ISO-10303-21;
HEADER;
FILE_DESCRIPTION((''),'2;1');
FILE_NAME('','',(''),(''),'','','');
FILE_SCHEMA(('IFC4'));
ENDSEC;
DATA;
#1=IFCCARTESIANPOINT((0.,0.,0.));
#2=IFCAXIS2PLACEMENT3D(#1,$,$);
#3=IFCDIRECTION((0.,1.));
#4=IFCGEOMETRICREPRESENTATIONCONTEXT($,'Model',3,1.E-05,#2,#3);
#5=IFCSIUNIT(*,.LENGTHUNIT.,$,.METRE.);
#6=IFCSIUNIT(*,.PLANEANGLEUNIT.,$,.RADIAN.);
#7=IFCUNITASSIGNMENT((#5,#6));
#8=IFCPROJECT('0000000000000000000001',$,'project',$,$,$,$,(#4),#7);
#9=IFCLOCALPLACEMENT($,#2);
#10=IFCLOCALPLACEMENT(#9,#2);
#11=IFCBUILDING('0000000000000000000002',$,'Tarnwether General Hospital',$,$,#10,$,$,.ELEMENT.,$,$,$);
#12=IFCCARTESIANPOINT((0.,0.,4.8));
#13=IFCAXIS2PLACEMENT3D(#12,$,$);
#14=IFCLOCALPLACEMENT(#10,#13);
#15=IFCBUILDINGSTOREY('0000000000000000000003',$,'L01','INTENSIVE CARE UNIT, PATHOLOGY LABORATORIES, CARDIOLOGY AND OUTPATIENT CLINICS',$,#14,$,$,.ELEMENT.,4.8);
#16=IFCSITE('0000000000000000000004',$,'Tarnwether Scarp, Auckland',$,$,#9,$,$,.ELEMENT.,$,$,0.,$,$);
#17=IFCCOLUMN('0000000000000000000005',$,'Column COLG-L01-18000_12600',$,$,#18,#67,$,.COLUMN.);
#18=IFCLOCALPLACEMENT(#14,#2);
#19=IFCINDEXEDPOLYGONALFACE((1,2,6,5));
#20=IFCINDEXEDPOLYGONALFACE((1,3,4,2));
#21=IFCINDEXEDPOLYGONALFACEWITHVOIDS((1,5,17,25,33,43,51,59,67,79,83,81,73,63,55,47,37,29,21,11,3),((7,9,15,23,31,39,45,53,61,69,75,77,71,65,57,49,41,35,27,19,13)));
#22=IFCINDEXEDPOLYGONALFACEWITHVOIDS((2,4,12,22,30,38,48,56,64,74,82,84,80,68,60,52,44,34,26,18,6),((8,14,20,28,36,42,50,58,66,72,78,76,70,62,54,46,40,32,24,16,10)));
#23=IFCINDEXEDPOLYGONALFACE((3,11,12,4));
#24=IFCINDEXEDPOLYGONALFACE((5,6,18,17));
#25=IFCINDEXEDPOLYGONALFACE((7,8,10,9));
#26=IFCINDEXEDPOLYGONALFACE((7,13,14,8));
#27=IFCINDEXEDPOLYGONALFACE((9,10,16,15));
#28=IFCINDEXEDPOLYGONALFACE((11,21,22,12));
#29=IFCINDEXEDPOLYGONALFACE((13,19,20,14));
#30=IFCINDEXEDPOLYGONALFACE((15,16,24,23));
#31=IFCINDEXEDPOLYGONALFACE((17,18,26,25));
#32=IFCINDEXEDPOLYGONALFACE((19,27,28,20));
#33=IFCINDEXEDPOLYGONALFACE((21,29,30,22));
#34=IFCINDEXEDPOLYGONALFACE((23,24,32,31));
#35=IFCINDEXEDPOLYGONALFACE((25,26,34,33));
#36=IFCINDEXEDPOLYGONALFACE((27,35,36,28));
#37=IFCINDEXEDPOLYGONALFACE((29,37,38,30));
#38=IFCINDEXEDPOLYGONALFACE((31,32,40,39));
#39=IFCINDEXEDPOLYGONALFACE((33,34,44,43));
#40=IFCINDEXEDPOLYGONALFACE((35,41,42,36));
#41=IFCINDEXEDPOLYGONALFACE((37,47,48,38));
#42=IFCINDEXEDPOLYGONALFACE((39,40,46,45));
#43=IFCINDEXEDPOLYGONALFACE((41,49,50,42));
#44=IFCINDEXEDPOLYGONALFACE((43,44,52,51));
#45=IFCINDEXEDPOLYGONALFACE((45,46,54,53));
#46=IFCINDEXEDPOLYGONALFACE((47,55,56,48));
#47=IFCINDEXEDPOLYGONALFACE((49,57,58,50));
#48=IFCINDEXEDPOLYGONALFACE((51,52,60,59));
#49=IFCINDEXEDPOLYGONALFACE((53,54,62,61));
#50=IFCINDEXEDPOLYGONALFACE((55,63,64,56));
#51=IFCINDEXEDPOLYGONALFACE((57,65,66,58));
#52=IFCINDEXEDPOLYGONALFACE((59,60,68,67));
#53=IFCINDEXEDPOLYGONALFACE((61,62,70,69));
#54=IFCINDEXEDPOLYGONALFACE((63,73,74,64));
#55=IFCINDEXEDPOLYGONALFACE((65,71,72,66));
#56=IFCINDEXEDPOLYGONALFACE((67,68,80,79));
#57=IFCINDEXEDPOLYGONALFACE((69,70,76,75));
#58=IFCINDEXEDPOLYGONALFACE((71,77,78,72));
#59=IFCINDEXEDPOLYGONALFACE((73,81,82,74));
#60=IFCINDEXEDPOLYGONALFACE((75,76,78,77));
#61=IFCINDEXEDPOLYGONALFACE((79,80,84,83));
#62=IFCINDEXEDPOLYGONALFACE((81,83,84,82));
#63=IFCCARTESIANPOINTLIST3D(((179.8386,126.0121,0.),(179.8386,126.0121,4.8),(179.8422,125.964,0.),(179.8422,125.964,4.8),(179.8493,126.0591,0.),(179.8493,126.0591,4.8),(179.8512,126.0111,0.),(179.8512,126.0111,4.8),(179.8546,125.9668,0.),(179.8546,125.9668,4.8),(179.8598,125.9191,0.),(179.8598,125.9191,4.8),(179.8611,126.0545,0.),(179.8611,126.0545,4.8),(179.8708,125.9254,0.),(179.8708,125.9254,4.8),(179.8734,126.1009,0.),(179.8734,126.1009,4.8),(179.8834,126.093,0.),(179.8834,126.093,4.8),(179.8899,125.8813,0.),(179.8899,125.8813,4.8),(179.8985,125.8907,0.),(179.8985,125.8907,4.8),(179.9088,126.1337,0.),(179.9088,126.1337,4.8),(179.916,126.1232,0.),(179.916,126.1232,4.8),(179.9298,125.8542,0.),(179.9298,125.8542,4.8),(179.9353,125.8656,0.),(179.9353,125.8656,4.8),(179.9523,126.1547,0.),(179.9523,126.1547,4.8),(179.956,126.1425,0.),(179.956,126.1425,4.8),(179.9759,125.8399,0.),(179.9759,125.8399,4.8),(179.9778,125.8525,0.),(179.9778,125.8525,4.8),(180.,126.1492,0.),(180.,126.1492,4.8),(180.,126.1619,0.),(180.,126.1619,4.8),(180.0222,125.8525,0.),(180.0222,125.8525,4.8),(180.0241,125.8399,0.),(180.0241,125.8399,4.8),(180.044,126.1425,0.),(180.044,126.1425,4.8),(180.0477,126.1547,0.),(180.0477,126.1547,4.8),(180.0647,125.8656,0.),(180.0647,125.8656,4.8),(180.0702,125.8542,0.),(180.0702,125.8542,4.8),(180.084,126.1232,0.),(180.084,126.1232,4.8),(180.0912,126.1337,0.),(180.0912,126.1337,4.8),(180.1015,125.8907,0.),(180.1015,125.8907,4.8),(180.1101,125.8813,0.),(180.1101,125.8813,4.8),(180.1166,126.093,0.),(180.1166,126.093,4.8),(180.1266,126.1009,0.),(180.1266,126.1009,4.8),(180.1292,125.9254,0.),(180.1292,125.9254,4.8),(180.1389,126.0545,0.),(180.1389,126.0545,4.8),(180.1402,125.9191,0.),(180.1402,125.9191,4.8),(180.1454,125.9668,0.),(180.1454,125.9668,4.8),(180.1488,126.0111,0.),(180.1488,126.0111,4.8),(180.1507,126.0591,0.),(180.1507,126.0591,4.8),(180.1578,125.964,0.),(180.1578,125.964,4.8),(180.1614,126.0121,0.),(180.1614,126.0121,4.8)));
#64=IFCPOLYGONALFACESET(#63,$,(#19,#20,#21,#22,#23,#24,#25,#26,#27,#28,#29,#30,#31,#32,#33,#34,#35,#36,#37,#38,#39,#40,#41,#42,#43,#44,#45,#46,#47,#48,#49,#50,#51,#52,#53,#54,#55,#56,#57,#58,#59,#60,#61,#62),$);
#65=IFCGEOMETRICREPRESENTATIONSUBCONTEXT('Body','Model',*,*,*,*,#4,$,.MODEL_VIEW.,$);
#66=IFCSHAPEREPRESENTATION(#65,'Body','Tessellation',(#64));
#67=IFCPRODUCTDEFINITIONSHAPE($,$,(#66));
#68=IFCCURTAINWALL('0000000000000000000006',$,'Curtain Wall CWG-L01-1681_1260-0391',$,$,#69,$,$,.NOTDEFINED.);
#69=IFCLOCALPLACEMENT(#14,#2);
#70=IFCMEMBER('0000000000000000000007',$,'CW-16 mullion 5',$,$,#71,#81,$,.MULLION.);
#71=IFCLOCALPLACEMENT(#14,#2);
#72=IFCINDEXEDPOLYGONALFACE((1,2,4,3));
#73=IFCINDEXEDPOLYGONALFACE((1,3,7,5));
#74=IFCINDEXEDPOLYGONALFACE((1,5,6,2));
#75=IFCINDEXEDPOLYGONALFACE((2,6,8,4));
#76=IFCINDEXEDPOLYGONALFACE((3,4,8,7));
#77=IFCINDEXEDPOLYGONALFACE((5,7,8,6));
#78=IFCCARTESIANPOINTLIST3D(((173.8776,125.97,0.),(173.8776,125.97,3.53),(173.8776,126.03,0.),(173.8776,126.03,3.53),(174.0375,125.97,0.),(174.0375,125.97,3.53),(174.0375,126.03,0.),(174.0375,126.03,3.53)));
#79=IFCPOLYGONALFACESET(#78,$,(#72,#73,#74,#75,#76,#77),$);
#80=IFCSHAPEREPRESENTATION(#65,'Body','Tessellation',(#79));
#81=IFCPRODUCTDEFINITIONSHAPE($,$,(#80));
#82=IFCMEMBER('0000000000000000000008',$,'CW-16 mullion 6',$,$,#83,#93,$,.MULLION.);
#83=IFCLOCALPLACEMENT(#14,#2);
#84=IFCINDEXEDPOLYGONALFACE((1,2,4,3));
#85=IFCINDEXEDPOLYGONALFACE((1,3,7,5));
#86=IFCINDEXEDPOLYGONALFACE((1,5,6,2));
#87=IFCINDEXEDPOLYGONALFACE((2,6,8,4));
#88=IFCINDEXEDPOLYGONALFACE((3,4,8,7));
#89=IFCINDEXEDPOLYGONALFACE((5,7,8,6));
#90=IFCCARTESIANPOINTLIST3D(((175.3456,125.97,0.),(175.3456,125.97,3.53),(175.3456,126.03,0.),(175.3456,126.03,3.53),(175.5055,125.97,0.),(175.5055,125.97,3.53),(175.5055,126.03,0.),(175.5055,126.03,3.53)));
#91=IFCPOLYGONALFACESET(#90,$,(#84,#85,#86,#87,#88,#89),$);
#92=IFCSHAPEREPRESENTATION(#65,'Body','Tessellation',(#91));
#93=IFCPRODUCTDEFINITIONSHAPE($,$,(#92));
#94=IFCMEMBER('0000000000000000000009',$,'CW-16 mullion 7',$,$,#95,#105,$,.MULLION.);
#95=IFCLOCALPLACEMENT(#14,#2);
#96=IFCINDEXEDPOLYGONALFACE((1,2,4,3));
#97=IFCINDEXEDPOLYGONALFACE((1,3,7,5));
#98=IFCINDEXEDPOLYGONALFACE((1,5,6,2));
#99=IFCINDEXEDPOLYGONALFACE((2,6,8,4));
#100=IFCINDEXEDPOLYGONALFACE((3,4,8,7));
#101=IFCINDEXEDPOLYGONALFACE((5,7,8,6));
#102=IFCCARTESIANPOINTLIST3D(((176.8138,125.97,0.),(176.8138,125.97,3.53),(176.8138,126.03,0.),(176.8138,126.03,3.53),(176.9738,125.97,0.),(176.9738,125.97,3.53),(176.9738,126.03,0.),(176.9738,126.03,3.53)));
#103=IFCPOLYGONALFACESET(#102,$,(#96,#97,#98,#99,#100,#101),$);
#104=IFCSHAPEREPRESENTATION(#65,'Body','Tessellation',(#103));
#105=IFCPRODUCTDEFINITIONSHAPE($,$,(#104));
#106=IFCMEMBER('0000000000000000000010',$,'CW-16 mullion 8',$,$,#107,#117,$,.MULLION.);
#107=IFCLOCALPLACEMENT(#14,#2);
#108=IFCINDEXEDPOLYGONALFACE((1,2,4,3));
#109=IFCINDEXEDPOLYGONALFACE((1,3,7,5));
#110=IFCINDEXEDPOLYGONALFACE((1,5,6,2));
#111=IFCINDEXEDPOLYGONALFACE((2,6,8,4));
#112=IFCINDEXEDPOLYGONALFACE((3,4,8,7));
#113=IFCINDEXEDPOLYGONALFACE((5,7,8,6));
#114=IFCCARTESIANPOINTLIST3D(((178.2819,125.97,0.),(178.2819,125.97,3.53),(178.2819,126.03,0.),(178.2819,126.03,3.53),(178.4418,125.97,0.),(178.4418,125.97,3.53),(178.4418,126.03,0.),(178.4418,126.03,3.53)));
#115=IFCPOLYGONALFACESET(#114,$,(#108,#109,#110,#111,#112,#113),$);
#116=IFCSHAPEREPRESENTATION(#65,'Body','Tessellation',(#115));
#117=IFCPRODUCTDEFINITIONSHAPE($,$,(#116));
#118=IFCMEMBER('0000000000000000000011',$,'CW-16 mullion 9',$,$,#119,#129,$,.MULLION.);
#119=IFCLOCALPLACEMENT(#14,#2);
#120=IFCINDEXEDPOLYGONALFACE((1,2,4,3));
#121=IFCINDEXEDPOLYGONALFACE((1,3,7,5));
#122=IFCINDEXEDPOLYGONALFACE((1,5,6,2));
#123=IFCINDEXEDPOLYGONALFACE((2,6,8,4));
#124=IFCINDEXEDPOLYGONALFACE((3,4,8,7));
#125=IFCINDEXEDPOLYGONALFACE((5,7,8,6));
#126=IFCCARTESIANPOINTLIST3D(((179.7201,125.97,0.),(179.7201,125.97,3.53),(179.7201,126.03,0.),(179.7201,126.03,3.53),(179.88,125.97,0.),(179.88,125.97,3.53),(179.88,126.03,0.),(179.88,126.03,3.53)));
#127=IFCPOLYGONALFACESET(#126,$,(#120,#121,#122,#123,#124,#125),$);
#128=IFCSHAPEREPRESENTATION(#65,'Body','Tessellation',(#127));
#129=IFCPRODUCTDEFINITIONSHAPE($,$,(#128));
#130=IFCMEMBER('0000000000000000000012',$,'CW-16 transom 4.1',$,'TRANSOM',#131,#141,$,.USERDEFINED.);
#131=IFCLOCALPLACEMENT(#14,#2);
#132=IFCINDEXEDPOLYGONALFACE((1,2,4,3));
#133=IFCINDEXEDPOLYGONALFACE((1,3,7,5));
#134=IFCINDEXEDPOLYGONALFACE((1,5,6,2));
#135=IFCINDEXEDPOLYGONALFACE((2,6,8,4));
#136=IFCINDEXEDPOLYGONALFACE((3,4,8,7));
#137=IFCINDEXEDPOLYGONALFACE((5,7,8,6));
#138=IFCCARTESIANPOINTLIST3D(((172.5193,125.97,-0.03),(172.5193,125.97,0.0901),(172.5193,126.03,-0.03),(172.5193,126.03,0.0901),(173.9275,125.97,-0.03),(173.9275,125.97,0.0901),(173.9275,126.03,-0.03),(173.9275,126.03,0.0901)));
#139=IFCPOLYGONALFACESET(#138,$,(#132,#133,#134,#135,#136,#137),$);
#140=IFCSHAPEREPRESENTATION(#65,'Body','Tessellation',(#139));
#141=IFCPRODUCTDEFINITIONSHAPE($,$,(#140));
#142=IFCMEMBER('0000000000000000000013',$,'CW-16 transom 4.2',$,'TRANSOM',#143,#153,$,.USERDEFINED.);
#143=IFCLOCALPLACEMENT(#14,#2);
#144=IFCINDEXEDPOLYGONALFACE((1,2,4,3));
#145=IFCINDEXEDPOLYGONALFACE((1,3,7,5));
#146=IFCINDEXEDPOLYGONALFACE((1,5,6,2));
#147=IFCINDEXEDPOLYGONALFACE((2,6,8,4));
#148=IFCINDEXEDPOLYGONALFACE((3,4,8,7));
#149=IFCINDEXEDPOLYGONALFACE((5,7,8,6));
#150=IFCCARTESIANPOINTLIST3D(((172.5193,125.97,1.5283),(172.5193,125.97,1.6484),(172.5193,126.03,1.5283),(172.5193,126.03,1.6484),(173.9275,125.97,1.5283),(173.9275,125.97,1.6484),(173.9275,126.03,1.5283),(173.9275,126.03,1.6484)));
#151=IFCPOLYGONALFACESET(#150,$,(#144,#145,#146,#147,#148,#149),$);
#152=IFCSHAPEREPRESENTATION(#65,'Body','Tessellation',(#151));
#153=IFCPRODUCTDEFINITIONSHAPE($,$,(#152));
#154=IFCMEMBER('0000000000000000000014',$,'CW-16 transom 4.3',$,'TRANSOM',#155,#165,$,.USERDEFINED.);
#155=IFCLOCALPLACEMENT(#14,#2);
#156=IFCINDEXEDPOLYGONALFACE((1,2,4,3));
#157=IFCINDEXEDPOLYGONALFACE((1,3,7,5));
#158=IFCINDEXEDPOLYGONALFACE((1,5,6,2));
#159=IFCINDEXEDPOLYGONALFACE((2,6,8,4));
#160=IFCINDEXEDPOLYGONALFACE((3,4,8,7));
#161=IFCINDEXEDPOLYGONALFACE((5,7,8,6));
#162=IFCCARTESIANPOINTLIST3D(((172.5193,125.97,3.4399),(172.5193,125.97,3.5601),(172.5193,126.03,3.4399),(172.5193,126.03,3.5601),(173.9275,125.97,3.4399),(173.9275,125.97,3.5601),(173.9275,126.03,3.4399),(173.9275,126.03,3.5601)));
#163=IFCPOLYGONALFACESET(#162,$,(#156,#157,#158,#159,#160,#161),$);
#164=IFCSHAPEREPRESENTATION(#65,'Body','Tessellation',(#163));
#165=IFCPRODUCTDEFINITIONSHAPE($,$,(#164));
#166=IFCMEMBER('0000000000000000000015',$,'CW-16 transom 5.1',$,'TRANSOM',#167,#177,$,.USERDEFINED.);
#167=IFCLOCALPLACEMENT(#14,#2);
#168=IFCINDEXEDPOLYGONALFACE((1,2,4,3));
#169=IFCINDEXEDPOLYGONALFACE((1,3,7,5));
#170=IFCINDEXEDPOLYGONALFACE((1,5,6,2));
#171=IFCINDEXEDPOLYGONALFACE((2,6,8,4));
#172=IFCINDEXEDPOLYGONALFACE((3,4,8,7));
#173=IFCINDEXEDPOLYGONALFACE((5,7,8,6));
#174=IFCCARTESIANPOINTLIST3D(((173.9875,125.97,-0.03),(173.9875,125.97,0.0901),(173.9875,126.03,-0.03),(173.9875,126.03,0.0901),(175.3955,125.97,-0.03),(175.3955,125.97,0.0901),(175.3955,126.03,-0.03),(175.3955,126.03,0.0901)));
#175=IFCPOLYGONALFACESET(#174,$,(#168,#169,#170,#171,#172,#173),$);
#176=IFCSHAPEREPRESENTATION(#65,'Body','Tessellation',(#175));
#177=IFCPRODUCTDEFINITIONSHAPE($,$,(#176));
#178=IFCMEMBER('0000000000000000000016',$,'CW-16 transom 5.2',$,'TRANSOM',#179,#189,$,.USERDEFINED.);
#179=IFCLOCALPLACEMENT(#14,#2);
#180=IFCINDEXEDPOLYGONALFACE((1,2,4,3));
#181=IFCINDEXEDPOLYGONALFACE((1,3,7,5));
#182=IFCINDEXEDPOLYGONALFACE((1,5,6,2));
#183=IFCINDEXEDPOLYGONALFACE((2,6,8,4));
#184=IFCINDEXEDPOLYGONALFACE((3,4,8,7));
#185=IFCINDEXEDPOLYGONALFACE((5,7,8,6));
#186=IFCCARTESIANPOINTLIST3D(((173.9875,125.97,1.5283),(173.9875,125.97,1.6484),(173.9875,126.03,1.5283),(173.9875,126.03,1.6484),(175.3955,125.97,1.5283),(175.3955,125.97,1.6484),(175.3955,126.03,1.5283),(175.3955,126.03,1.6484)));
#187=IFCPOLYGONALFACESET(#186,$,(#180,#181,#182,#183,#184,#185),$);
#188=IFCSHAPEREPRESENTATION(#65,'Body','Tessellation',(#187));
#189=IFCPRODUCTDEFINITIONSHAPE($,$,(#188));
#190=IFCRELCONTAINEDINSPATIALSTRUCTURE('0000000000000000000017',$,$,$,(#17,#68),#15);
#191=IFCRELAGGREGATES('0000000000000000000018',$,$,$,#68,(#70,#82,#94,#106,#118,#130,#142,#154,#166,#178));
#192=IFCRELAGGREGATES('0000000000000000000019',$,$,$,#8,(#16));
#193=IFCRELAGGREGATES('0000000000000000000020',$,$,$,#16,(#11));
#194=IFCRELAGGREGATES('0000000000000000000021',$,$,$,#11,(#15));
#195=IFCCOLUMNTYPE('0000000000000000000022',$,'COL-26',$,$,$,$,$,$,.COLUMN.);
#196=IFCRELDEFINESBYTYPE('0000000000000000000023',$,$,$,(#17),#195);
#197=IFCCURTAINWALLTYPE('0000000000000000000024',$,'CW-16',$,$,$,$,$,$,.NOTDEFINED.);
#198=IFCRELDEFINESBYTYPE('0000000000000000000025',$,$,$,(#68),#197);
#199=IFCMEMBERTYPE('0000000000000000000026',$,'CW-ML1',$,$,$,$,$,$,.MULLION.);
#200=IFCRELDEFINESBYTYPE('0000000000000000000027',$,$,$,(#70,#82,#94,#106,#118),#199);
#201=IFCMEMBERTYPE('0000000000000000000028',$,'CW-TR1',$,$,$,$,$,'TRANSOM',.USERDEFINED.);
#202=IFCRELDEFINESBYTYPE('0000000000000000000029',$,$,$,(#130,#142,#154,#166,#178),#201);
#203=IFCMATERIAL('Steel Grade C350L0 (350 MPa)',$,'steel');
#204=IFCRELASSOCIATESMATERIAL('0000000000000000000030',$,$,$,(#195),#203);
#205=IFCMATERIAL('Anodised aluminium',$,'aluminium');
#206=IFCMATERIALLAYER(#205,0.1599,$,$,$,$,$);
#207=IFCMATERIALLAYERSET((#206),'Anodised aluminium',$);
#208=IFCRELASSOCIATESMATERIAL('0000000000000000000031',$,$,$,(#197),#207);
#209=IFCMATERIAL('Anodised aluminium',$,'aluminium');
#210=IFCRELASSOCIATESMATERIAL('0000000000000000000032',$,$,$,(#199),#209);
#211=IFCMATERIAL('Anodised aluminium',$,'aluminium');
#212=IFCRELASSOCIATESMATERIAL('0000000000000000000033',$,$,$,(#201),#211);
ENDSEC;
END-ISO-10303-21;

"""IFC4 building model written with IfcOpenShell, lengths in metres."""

from ifc_helpers import new_model, si_unit, direction, frame, origin, origin_2d, place, context, subcontext, project, spatial, rectangle, hollow_circle, extrude, material, layer, layer_set, material_profile, profile_set, type_object, element, aggregate, save


model = new_model("IFC4")

# Units and contexts
model_context = context("Model", 3, precision=1e-05, world=origin(), true_north=direction((0.0, 1.0)))
body_context = subcontext(model_context, "Body", "Model", "MODEL_VIEW")
ifc_project = project(units=[si_unit("LENGTHUNIT", "METRE"), si_unit("PLANEANGLEUNIT", "RADIAN")], contexts=[model_context])

# Site, building, storey
site_placement = place(None, origin())
site = spatial("IfcSite", under=ifc_project, at=site_placement, Name="Tarnwether Scarp, Auckland", CompositionType="ELEMENT", RefElevation=0.0)
building_placement = place(site_placement, origin())
building = spatial("IfcBuilding", under=site, at=building_placement, Name="Tarnwether General Hospital", CompositionType="ELEMENT")
storey_placement = place(building_placement, frame((0.0, 0.0, 4.8)))
storey = spatial("IfcBuildingStorey", under=building, at=storey_placement, Name="L01", Description="INTENSIVE CARE UNIT, PATHOLOGY LABORATORIES, CARDIOLOGY AND OUTPATIENT CLINICS", CompositionType="ELEMENT", Elevation=4.8)

# Column
ifc_material_1 = material(Name="Steel Grade C350L0 (350 MPa)", Category="steel")
ifc_material_profile_1 = material_profile(ifc_material_1, hollow_circle(Radius=0.1619, WallThickness=0.0127, at=origin_2d()), Name="CHS323.9x12.7")
ifc_profile_set_1 = profile_set([ifc_material_profile_1], Name="Steel Grade C350L0 (350 MPa)")
column_type = type_object("IfcColumnType", Name="COL-26", PredefinedType="COLUMN", material=ifc_profile_set_1)
column_placement = place(storey_placement, frame((180.0, 126.0, 0.0), z_axis=(0.0, 0.0, 1.0), x_axis=(0.0, 1.0, 0.0)))
element("IfcColumn", 1, at=column_placement, inside=storey, type_object=column_type, Name="Column COLG-L01-18000_12600", PredefinedType="COLUMN", context=body_context, shape_type="SweptSolid", body=[
    extrude(hollow_circle(Radius=0.1619, WallThickness=0.0127, at=origin_2d()), origin(), (0.0, 0.0, 1.0), 4.8),
])

# Curtain wall, members
ifc_material_2 = material(Name="Anodised aluminium", Category="aluminium")
ifc_layer_1 = layer(ifc_material_2, 0.1599)
ifc_layer_set_1 = layer_set([ifc_layer_1], Name="Anodised aluminium")
curtain_wall_type = type_object("IfcCurtainWallType", Name="CW-16", PredefinedType="NOTDEFINED", material=ifc_layer_set_1)
curtain_wall_placement = place(storey_placement, origin())
curtain_wall = element("IfcCurtainWall", 2, at=curtain_wall_placement, inside=storey, type_object=curtain_wall_type, Name="Curtain Wall CWG-L01-1681_1260-0391", PredefinedType="NOTDEFINED")
ifc_material_3 = material(Name="Anodised aluminium", Category="aluminium")
ifc_material_profile_2 = material_profile(ifc_material_3, rectangle(XDim=0.0601, YDim=0.1599, at=origin_2d()), Name="ALU-MUL-60x160")
ifc_profile_set_2 = profile_set([ifc_material_profile_2], Name="Anodised aluminium")
member_type_1 = type_object("IfcMemberType", Name="CW-ML1", PredefinedType="MULLION", material=ifc_profile_set_2)
member_1_placement = place(storey_placement, frame((173.9575, 126.0, 0.0), z_axis=(0.0, 0.0, 1.0), x_axis=(0.0, 1.0, 0.0)))
member_1 = element("IfcMember", 3, at=member_1_placement, type_object=member_type_1, Name="CW-16 mullion 5", PredefinedType="MULLION", context=body_context, shape_type="SweptSolid", body=[
    extrude(rectangle(XDim=0.0601, YDim=0.1599, at=origin_2d()), origin(), (0.0, 0.0, 1.0), 3.53),
])
member_2_placement = place(storey_placement, frame((175.4255, 126.0, 0.0), z_axis=(0.0, 0.0, 1.0), x_axis=(0.0, 1.0, 0.0)))
member_2 = element("IfcMember", 4, at=member_2_placement, type_object=member_type_1, Name="CW-16 mullion 6", PredefinedType="MULLION", context=body_context, shape_type="SweptSolid", body=[
    extrude(rectangle(XDim=0.0601, YDim=0.1599, at=origin_2d()), origin(), (0.0, 0.0, 1.0), 3.53),
])
member_3_placement = place(storey_placement, frame((176.8938, 126.0, 0.0), z_axis=(0.0, 0.0, 1.0), x_axis=(0.0, 1.0, 0.0)))
member_3 = element("IfcMember", 5, at=member_3_placement, type_object=member_type_1, Name="CW-16 mullion 7", PredefinedType="MULLION", context=body_context, shape_type="SweptSolid", body=[
    extrude(rectangle(XDim=0.0601, YDim=0.1599, at=origin_2d()), origin(), (0.0, 0.0, 1.0), 3.53),
])
member_4_placement = place(storey_placement, frame((178.3618, 126.0, 0.0), z_axis=(0.0, 0.0, 1.0), x_axis=(0.0, 1.0, 0.0)))
member_4 = element("IfcMember", 6, at=member_4_placement, type_object=member_type_1, Name="CW-16 mullion 8", PredefinedType="MULLION", context=body_context, shape_type="SweptSolid", body=[
    extrude(rectangle(XDim=0.0601, YDim=0.1599, at=origin_2d()), origin(), (0.0, 0.0, 1.0), 3.53),
])
member_5_placement = place(storey_placement, frame((179.8, 126.0, 0.0), z_axis=(0.0, 0.0, 1.0), x_axis=(0.0, 1.0, 0.0)))
member_5 = element("IfcMember", 7, at=member_5_placement, type_object=member_type_1, Name="CW-16 mullion 9", PredefinedType="MULLION", context=body_context, shape_type="SweptSolid", body=[
    extrude(rectangle(XDim=0.0601, YDim=0.1599, at=origin_2d()), origin(), (0.0, 0.0, 1.0), 3.53),
])
ifc_material_4 = material(Name="Anodised aluminium", Category="aluminium")
ifc_material_profile_3 = material_profile(ifc_material_4, rectangle(XDim=0.0601, YDim=0.1201, at=origin_2d()), Name="ALU-TRN-60x120")
ifc_profile_set_3 = profile_set([ifc_material_profile_3], Name="Anodised aluminium")
member_type_2 = type_object("IfcMemberType", Name="CW-TR1", ElementType="TRANSOM", PredefinedType="USERDEFINED", material=ifc_profile_set_3)
member_6_placement = place(storey_placement, frame((172.5193, 126.0, 0.03), z_axis=(1.0, 0.0, 0.0), x_axis=(0.0, 1.0, 0.0)))
member_6 = element("IfcMember", 8, at=member_6_placement, type_object=member_type_2, Name="CW-16 transom 4.1", ObjectType="TRANSOM", PredefinedType="USERDEFINED", context=body_context, shape_type="SweptSolid", body=[
    extrude(rectangle(XDim=0.0601, YDim=0.1201, at=origin_2d()), origin(), (0.0, 0.0, 1.0), 1.4082),
])
member_7_placement = place(storey_placement, frame((172.5193, 126.0, 1.5884), z_axis=(1.0, 0.0, 0.0), x_axis=(0.0, 1.0, 0.0)))
member_7 = element("IfcMember", 9, at=member_7_placement, type_object=member_type_2, Name="CW-16 transom 4.2", ObjectType="TRANSOM", PredefinedType="USERDEFINED", context=body_context, shape_type="SweptSolid", body=[
    extrude(rectangle(XDim=0.0601, YDim=0.1201, at=origin_2d()), origin(), (0.0, 0.0, 1.0), 1.4082),
])
member_8_placement = place(storey_placement, frame((172.5193, 126.0, 3.5), z_axis=(1.0, 0.0, 0.0), x_axis=(0.0, 1.0, 0.0)))
member_8 = element("IfcMember", 10, at=member_8_placement, type_object=member_type_2, Name="CW-16 transom 4.3", ObjectType="TRANSOM", PredefinedType="USERDEFINED", context=body_context, shape_type="SweptSolid", body=[
    extrude(rectangle(XDim=0.0601, YDim=0.1201, at=origin_2d()), origin(), (0.0, 0.0, 1.0), 1.4082),
])
member_9_placement = place(storey_placement, frame((173.9875, 126.0, 0.03), z_axis=(1.0, 0.0, 0.0), x_axis=(0.0, 1.0, 0.0)))
member_9 = element("IfcMember", 11, at=member_9_placement, type_object=member_type_2, Name="CW-16 transom 5.1", ObjectType="TRANSOM", PredefinedType="USERDEFINED", context=body_context, shape_type="SweptSolid", body=[
    extrude(rectangle(XDim=0.0601, YDim=0.1201, at=origin_2d()), origin(), (0.0, 0.0, 1.0), 1.408),
])
member_10_placement = place(storey_placement, frame((173.9875, 126.0, 1.5884), z_axis=(1.0, 0.0, 0.0), x_axis=(0.0, 1.0, 0.0)))
member_10 = element("IfcMember", 12, at=member_10_placement, type_object=member_type_2, Name="CW-16 transom 5.2", ObjectType="TRANSOM", PredefinedType="USERDEFINED", context=body_context, shape_type="SweptSolid", body=[
    extrude(rectangle(XDim=0.0601, YDim=0.1201, at=origin_2d()), origin(), (0.0, 0.0, 1.0), 1.408),
])
aggregate(curtain_wall, [member_1, member_2, member_3, member_4, member_5, member_6, member_7, member_8, member_9, member_10])

save(model, "model.ifc")
